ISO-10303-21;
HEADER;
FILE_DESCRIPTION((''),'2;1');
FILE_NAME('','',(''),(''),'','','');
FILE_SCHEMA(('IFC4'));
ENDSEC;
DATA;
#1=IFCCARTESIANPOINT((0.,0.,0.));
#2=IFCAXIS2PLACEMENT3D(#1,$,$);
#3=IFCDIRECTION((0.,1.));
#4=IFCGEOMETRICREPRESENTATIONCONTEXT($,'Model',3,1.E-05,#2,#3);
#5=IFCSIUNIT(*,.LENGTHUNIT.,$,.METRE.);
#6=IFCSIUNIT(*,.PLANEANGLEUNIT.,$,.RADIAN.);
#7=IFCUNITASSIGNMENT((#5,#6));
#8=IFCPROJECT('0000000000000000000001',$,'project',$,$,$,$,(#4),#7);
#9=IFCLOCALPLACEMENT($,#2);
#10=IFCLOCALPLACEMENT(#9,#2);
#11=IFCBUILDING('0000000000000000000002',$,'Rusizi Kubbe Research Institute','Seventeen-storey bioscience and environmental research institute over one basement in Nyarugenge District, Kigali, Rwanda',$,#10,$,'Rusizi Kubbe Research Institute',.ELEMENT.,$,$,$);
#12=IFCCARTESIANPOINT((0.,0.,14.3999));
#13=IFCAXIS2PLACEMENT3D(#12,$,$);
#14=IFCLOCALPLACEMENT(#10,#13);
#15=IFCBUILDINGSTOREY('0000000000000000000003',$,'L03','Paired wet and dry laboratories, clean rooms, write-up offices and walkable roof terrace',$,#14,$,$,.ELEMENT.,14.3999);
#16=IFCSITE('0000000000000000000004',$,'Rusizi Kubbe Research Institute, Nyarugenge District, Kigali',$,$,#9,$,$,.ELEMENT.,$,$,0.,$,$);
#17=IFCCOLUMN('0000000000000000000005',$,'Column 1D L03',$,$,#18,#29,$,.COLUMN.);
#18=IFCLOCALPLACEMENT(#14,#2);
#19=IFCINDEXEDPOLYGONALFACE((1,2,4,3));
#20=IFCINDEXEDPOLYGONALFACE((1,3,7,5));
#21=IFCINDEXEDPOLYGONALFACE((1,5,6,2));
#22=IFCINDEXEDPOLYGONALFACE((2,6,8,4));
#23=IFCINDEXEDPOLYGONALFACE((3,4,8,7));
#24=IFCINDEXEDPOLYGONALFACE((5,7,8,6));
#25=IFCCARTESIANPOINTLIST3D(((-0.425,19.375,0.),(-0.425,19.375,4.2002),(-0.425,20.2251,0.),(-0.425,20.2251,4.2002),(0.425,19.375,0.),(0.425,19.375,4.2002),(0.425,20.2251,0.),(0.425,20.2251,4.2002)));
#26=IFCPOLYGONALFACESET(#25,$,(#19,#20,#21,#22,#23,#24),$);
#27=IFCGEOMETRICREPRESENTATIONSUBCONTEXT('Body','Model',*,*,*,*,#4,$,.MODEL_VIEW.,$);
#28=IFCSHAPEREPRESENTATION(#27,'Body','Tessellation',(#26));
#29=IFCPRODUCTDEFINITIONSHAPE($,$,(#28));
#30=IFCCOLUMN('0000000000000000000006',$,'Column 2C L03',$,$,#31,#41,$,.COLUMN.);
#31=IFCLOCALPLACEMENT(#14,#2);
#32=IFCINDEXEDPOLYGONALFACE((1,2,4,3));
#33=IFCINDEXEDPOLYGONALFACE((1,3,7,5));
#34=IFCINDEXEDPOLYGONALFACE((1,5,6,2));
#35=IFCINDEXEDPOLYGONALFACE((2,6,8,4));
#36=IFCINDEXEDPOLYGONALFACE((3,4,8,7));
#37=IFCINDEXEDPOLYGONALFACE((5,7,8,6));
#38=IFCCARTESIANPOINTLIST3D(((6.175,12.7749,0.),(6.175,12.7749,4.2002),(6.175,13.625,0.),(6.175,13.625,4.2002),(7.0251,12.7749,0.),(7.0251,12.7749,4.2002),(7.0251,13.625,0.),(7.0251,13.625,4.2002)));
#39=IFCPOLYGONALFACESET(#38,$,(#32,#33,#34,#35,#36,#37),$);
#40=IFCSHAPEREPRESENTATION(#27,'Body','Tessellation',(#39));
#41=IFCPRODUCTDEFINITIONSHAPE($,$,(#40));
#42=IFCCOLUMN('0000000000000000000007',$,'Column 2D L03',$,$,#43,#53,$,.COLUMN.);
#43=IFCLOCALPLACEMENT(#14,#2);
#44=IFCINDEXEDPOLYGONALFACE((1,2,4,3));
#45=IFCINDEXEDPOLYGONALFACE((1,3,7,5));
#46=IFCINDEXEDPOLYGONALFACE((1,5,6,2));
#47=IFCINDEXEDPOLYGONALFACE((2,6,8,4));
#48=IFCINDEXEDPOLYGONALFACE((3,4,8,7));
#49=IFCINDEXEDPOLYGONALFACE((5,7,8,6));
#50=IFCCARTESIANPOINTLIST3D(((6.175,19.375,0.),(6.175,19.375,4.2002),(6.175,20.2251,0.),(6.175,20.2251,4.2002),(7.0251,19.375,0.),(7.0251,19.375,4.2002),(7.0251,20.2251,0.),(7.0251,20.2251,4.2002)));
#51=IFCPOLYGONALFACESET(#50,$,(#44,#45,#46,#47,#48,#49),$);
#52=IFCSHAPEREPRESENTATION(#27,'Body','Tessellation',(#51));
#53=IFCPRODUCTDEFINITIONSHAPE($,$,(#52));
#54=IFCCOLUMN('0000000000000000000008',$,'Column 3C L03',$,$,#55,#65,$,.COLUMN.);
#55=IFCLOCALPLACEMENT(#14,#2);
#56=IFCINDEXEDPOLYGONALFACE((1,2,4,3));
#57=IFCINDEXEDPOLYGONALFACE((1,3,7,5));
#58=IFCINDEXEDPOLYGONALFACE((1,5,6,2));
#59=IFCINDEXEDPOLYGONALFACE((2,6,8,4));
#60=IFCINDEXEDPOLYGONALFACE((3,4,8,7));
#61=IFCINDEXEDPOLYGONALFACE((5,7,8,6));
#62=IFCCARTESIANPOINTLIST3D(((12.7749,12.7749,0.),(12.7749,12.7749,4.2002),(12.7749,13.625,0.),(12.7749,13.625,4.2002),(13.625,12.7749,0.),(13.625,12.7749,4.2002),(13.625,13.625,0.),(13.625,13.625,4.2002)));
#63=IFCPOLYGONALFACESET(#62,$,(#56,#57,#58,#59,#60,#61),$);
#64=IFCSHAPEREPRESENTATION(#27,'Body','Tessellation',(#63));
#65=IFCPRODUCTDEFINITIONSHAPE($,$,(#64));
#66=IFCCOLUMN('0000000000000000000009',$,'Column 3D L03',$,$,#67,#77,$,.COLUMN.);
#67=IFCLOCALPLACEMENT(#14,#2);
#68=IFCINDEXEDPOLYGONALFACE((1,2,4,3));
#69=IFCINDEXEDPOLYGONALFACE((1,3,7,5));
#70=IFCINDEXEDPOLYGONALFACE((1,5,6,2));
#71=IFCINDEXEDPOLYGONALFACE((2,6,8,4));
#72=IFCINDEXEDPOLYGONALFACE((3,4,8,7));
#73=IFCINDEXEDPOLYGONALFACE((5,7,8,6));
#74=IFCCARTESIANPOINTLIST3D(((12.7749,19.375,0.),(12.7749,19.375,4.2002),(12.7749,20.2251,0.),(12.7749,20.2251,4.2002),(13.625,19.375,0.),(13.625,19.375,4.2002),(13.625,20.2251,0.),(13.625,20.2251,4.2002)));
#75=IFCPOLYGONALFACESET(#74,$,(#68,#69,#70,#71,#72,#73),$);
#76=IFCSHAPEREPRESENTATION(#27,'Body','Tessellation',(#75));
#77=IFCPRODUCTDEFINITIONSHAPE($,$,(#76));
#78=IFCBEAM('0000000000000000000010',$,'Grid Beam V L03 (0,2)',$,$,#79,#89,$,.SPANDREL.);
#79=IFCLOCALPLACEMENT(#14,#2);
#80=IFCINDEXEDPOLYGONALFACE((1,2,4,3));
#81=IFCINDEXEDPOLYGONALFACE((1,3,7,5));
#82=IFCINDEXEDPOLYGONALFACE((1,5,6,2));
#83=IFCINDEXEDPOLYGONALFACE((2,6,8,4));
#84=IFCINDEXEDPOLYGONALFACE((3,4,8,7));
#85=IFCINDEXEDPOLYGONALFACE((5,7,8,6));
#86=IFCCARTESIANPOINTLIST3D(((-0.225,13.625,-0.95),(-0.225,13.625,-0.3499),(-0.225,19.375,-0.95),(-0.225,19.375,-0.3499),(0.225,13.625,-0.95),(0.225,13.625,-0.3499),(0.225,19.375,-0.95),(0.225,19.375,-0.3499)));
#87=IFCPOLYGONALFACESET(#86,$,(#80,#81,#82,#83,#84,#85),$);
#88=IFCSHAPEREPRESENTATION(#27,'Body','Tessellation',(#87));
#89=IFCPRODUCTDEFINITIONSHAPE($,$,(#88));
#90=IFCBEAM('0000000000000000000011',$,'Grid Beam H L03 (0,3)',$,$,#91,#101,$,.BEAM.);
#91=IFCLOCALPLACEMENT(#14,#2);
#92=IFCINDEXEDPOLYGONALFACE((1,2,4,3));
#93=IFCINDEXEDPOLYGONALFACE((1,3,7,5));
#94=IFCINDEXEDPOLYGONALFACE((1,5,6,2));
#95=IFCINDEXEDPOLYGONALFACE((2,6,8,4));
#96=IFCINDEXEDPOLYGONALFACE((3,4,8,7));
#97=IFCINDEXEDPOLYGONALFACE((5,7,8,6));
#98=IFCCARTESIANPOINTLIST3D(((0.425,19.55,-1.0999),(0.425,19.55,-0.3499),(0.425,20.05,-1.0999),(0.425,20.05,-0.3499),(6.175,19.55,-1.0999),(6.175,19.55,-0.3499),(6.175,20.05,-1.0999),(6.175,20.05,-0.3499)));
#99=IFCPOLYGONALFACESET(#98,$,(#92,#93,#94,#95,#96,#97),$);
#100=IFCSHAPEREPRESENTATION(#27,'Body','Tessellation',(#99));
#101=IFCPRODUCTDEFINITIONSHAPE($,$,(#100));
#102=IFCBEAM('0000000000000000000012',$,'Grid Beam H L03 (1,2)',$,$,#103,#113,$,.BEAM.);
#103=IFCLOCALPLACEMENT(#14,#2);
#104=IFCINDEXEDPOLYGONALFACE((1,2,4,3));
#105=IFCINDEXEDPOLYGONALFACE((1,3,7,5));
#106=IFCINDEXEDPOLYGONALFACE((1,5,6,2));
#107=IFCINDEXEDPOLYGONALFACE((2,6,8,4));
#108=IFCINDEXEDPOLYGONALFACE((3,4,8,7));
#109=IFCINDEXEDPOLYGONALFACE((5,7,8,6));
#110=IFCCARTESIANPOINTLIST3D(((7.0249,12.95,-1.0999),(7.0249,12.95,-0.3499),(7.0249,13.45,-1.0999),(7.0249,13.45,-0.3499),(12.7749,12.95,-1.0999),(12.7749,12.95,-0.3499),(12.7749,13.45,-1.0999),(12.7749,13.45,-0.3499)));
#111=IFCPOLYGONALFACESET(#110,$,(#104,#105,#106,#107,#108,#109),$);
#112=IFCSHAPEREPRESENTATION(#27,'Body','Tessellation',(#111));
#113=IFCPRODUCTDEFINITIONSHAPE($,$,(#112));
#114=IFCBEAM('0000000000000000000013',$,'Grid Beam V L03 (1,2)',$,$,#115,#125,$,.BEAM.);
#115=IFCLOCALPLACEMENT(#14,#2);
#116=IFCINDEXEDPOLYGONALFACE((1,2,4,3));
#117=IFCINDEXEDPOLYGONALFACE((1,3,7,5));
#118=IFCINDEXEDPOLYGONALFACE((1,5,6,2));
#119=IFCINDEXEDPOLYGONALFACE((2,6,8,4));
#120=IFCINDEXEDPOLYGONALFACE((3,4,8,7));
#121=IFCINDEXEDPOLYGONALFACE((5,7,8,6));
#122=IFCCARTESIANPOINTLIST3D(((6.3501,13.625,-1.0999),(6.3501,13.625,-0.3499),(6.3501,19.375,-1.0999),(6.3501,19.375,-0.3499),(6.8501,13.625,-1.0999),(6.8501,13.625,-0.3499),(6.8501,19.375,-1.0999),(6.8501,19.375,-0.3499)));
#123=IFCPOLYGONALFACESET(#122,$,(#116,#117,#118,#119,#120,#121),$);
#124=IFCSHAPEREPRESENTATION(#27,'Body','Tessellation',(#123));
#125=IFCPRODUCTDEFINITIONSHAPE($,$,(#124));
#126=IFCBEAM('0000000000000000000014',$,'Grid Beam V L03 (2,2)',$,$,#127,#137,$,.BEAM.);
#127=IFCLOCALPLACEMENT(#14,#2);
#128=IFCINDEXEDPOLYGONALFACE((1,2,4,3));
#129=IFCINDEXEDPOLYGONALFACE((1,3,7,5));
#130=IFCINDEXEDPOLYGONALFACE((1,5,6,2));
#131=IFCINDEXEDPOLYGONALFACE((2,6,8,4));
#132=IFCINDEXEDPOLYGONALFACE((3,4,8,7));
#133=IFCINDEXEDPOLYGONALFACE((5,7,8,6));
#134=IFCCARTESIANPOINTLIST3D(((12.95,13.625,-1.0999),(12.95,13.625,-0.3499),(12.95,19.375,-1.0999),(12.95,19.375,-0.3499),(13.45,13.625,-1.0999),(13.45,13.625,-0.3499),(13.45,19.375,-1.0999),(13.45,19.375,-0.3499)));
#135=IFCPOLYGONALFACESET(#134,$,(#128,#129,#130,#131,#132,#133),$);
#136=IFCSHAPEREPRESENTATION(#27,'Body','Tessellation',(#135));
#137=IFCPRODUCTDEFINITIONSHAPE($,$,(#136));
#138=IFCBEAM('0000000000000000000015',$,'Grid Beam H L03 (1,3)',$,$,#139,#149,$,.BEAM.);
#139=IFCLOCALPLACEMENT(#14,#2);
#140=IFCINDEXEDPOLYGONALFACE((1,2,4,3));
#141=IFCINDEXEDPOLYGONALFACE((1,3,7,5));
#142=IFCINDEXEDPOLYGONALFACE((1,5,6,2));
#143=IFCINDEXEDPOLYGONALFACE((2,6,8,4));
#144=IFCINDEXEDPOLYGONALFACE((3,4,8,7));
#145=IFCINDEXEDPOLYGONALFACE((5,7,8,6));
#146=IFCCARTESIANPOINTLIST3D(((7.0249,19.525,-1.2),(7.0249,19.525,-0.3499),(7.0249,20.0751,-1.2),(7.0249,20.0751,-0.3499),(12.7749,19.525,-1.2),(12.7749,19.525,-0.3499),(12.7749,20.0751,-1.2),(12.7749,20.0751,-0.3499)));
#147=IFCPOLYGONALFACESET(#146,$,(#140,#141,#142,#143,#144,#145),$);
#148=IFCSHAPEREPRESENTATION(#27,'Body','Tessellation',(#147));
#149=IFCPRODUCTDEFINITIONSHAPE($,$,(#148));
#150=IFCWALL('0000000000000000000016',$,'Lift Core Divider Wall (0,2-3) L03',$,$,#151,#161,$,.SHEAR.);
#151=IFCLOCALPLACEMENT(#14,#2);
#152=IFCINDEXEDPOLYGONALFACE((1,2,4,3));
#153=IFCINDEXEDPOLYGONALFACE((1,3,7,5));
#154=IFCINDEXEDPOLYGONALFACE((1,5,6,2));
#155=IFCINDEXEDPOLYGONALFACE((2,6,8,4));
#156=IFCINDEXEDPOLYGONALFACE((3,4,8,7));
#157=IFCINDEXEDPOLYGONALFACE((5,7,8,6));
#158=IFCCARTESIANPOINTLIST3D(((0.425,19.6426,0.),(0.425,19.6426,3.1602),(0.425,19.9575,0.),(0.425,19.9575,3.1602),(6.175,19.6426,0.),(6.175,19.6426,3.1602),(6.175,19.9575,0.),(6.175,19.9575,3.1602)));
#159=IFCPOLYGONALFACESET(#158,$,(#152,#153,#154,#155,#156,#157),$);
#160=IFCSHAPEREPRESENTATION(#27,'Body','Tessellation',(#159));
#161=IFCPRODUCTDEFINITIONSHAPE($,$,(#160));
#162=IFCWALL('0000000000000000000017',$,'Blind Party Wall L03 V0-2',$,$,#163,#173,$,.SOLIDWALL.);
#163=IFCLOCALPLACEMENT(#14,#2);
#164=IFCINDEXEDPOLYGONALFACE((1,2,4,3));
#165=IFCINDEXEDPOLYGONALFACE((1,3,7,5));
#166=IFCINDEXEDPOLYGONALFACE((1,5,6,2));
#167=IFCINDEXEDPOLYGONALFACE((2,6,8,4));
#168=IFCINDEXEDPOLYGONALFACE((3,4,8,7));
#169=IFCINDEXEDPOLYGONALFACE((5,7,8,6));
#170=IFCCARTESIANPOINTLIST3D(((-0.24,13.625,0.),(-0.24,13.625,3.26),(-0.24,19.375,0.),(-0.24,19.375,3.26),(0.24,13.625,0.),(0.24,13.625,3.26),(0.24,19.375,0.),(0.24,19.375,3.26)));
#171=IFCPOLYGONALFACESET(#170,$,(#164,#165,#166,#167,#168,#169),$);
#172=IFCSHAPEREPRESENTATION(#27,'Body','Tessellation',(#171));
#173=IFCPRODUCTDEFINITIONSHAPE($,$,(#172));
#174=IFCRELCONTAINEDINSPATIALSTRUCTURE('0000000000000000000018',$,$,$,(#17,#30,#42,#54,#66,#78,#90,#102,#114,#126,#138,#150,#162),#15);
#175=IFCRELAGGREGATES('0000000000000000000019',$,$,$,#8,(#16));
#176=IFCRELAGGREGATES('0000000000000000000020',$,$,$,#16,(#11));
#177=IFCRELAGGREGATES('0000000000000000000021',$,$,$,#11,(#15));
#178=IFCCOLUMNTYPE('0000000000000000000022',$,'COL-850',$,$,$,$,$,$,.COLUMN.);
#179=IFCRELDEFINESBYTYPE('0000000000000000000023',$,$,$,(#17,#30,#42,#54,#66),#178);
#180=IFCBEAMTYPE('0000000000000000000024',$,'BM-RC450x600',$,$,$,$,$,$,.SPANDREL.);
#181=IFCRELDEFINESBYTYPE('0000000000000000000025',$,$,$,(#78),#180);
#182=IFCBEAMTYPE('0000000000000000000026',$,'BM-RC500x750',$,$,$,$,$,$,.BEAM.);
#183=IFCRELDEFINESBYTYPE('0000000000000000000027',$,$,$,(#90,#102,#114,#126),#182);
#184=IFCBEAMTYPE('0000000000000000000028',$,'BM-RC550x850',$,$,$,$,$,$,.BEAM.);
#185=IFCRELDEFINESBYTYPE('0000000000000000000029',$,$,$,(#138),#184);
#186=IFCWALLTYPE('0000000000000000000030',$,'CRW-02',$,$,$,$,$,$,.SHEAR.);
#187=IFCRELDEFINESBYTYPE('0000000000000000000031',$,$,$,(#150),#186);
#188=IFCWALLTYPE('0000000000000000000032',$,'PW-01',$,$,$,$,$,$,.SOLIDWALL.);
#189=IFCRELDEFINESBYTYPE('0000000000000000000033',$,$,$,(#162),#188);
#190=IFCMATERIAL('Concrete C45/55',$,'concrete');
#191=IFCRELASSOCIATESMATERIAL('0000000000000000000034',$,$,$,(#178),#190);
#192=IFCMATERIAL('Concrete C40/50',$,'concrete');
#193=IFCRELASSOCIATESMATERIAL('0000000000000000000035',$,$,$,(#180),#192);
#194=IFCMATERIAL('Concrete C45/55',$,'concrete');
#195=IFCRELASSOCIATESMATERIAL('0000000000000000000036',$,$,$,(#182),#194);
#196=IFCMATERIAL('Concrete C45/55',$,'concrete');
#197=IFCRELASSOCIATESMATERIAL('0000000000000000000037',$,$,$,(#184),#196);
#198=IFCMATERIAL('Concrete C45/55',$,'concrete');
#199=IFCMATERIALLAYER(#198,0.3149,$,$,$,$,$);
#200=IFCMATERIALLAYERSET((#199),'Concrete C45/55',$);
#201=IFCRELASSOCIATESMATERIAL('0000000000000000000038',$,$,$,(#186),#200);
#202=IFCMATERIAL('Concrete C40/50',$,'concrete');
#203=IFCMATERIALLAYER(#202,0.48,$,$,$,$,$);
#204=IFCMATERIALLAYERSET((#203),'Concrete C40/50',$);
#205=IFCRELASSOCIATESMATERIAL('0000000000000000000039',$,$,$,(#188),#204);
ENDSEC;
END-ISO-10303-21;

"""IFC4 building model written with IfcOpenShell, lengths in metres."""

from ifc_helpers import new_model, si_unit, direction, frame, frame_2d, origin, origin_2d, place, context, subcontext, project, spatial, rectangle, extrude, material, layer, layer_set, material_profile, profile_set, type_object, element, save


model = new_model("IFC4")

# Units and contexts
model_context = context("Model", 3, precision=1e-05, world=origin(), true_north=direction((0.0, 1.0)))
body_context = subcontext(model_context, "Body", "Model", "MODEL_VIEW")
ifc_project = project(units=[si_unit("LENGTHUNIT", "METRE"), si_unit("PLANEANGLEUNIT", "RADIAN")], contexts=[model_context])

# Site, building, storey
site_placement = place(None, origin())
site = spatial("IfcSite", under=ifc_project, at=site_placement, Name="Rusizi Kubbe Research Institute, Nyarugenge District, Kigali", CompositionType="ELEMENT", RefElevation=0.0)
building_placement = place(site_placement, origin())
building = spatial("IfcBuilding", under=site, at=building_placement, Name="Rusizi Kubbe Research Institute", Description="Seventeen-storey bioscience and environmental research institute over one basement in Nyarugenge District, Kigali, Rwanda", LongName="Rusizi Kubbe Research Institute", CompositionType="ELEMENT")
storey_placement = place(building_placement, frame((0.0, 0.0, 14.3999)))
storey = spatial("IfcBuildingStorey", under=building, at=storey_placement, Name="L03", Description="Paired wet and dry laboratories, clean rooms, write-up offices and walkable roof terrace", CompositionType="ELEMENT", Elevation=14.3999)

# Columns
ifc_material_1 = material(Name="Concrete C45/55", Category="concrete")
ifc_material_profile_1 = material_profile(ifc_material_1, rectangle(XDim=0.8501, YDim=0.8501, at=origin_2d()), Name="RC850x850")
ifc_profile_set_1 = profile_set([ifc_material_profile_1], Name="Concrete C45/55")
column_type = type_object("IfcColumnType", Name="COL-850", PredefinedType="COLUMN", material=ifc_profile_set_1)
for number, where, z_axis, x_axis, name in (
    (1, (0.0, 19.8, 0.0), (0.0, 0.0, 1.0), (1.0, 0.0, 0.0), "Column 1D L03"),
    (2, (6.6001, 13.2, 0.0), (0.0, 0.0, 1.0), (1.0, 0.0, 0.0), "Column 2C L03"),
    (3, (6.6001, 19.8, 0.0), (0.0, 0.0, 1.0), (1.0, 0.0, 0.0), "Column 2D L03"),
    (4, (13.2, 13.2, 0.0), (0.0, 0.0, 1.0), (1.0, 0.0, 0.0), "Column 3C L03"),
    (5, (13.2, 19.8, 0.0), (0.0, 0.0, 1.0), (1.0, 0.0, 0.0), "Column 3D L03"),
):
    element("IfcColumn", number, at=place(storey_placement, frame(where, z_axis=z_axis, x_axis=x_axis)), inside=storey, type_object=column_type, Name=name, PredefinedType="COLUMN", context=body_context, shape_type="SweptSolid", body=[
        extrude(rectangle(XDim=0.8501, YDim=0.8501, at=origin_2d()), origin(), (0.0, 0.0, 1.0), 4.2002),
    ])

# Beams
ifc_material_2 = material(Name="Concrete C40/50", Category="concrete")
ifc_material_profile_2 = material_profile(ifc_material_2, rectangle(XDim=0.45, YDim=0.6001, at=origin_2d()), Name="RC450x600")
ifc_profile_set_2 = profile_set([ifc_material_profile_2], Name="Concrete C40/50")
beam_type_1 = type_object("IfcBeamType", Name="BM-RC450x600", PredefinedType="SPANDREL", material=ifc_profile_set_2)
beam_1_placement = place(storey_placement, frame((0.0, 13.625, -0.6499), z_axis=(0.0, 1.0, 0.0), x_axis=(-1.0, 0.0, 0.0)))
element("IfcBeam", 6, at=beam_1_placement, inside=storey, type_object=beam_type_1, Name="Grid Beam V L03 (0,2)", PredefinedType="SPANDREL", context=body_context, shape_type="SweptSolid", body=[
    extrude(rectangle(XDim=0.45, YDim=0.6001, at=origin_2d()), origin(), (0.0, 0.0, 1.0), 5.75),
])
ifc_material_3 = material(Name="Concrete C45/55", Category="concrete")
ifc_material_profile_3 = material_profile(ifc_material_3, rectangle(XDim=0.5, YDim=0.75, at=origin_2d()), Name="RC500x750B")
ifc_profile_set_3 = profile_set([ifc_material_profile_3], Name="Concrete C45/55")
beam_type_2 = type_object("IfcBeamType", Name="BM-RC500x750", PredefinedType="BEAM", material=ifc_profile_set_3)
for number, where, z_axis, x_axis, name in (
    (7, (0.425, 19.8, -0.7249), (1.0, 0.0, 0.0), (0.0, 1.0, 0.0), "Grid Beam H L03 (0,3)"),
    (8, (7.0249, 13.2, -0.7249), (1.0, 0.0, 0.0), (0.0, 1.0, 0.0), "Grid Beam H L03 (1,2)"),
    (9, (6.6001, 13.625, -0.7249), (0.0, 1.0, 0.0), (-1.0, 0.0, 0.0), "Grid Beam V L03 (1,2)"),
    (10, (13.2, 13.625, -0.7249), (0.0, 1.0, 0.0), (-1.0, 0.0, 0.0), "Grid Beam V L03 (2,2)"),
):
    element("IfcBeam", number, at=place(storey_placement, frame(where, z_axis=z_axis, x_axis=x_axis)), inside=storey, type_object=beam_type_2, Name=name, PredefinedType="BEAM", context=body_context, shape_type="SweptSolid", body=[
        extrude(rectangle(XDim=0.5, YDim=0.75, at=origin_2d()), origin(), (0.0, 0.0, 1.0), 5.75),
    ])
ifc_material_4 = material(Name="Concrete C45/55", Category="concrete")
ifc_material_profile_4 = material_profile(ifc_material_4, rectangle(XDim=0.55, YDim=0.8501, at=origin_2d()), Name="RC550x850")
ifc_profile_set_4 = profile_set([ifc_material_profile_4], Name="Concrete C45/55")
beam_type_3 = type_object("IfcBeamType", Name="BM-RC550x850", PredefinedType="BEAM", material=ifc_profile_set_4)
beam_2_placement = place(storey_placement, frame((7.0249, 19.8, -0.7749), z_axis=(1.0, 0.0, 0.0), x_axis=(0.0, 1.0, 0.0)))
element("IfcBeam", 11, at=beam_2_placement, inside=storey, type_object=beam_type_3, Name="Grid Beam H L03 (1,3)", PredefinedType="BEAM", context=body_context, shape_type="SweptSolid", body=[
    extrude(rectangle(XDim=0.55, YDim=0.8501, at=origin_2d()), origin(), (0.0, 0.0, 1.0), 5.75),
])

# Wall
ifc_material_5 = material(Name="Concrete C45/55", Category="concrete")
ifc_layer_1 = layer(ifc_material_5, 0.3149)
ifc_layer_set_1 = layer_set([ifc_layer_1], Name="Concrete C45/55")
wall_type_1 = type_object("IfcWallType", Name="CRW-02", PredefinedType="SHEAR", material=ifc_layer_set_1)
wall_1_placement = place(storey_placement, frame((0.425, 19.8, 0.0), z_axis=(0.0, 0.0, 1.0), x_axis=(1.0, 0.0, 0.0)))
element("IfcWall", 12, at=wall_1_placement, inside=storey, type_object=wall_type_1, Name="Lift Core Divider Wall (0,2-3) L03", PredefinedType="SHEAR", context=body_context, shape_type="SweptSolid", body=[
    extrude(rectangle(XDim=5.75, YDim=0.3149, at=frame_2d((2.875, 0.0))), origin(), (0.0, 0.0, 1.0), 3.1602),
])

# Wall
ifc_material_6 = material(Name="Concrete C40/50", Category="concrete")
ifc_layer_2 = layer(ifc_material_6, 0.48)
ifc_layer_set_2 = layer_set([ifc_layer_2], Name="Concrete C40/50")
wall_type_2 = type_object("IfcWallType", Name="PW-01", PredefinedType="SOLIDWALL", material=ifc_layer_set_2)
wall_2_placement = place(storey_placement, frame((0.0, 13.625, 0.0), z_axis=(0.0, 0.0, 1.0), x_axis=(0.0, 1.0, 0.0)))
element("IfcWall", 13, at=wall_2_placement, inside=storey, type_object=wall_type_2, Name="Blind Party Wall L03 V0-2", PredefinedType="SOLIDWALL", context=body_context, shape_type="SweptSolid", body=[
    extrude(rectangle(XDim=5.75, YDim=0.48, at=frame_2d((2.875, 0.0))), origin(), (0.0, 0.0, 1.0), 3.26),
])

save(model, "model.ifc")
